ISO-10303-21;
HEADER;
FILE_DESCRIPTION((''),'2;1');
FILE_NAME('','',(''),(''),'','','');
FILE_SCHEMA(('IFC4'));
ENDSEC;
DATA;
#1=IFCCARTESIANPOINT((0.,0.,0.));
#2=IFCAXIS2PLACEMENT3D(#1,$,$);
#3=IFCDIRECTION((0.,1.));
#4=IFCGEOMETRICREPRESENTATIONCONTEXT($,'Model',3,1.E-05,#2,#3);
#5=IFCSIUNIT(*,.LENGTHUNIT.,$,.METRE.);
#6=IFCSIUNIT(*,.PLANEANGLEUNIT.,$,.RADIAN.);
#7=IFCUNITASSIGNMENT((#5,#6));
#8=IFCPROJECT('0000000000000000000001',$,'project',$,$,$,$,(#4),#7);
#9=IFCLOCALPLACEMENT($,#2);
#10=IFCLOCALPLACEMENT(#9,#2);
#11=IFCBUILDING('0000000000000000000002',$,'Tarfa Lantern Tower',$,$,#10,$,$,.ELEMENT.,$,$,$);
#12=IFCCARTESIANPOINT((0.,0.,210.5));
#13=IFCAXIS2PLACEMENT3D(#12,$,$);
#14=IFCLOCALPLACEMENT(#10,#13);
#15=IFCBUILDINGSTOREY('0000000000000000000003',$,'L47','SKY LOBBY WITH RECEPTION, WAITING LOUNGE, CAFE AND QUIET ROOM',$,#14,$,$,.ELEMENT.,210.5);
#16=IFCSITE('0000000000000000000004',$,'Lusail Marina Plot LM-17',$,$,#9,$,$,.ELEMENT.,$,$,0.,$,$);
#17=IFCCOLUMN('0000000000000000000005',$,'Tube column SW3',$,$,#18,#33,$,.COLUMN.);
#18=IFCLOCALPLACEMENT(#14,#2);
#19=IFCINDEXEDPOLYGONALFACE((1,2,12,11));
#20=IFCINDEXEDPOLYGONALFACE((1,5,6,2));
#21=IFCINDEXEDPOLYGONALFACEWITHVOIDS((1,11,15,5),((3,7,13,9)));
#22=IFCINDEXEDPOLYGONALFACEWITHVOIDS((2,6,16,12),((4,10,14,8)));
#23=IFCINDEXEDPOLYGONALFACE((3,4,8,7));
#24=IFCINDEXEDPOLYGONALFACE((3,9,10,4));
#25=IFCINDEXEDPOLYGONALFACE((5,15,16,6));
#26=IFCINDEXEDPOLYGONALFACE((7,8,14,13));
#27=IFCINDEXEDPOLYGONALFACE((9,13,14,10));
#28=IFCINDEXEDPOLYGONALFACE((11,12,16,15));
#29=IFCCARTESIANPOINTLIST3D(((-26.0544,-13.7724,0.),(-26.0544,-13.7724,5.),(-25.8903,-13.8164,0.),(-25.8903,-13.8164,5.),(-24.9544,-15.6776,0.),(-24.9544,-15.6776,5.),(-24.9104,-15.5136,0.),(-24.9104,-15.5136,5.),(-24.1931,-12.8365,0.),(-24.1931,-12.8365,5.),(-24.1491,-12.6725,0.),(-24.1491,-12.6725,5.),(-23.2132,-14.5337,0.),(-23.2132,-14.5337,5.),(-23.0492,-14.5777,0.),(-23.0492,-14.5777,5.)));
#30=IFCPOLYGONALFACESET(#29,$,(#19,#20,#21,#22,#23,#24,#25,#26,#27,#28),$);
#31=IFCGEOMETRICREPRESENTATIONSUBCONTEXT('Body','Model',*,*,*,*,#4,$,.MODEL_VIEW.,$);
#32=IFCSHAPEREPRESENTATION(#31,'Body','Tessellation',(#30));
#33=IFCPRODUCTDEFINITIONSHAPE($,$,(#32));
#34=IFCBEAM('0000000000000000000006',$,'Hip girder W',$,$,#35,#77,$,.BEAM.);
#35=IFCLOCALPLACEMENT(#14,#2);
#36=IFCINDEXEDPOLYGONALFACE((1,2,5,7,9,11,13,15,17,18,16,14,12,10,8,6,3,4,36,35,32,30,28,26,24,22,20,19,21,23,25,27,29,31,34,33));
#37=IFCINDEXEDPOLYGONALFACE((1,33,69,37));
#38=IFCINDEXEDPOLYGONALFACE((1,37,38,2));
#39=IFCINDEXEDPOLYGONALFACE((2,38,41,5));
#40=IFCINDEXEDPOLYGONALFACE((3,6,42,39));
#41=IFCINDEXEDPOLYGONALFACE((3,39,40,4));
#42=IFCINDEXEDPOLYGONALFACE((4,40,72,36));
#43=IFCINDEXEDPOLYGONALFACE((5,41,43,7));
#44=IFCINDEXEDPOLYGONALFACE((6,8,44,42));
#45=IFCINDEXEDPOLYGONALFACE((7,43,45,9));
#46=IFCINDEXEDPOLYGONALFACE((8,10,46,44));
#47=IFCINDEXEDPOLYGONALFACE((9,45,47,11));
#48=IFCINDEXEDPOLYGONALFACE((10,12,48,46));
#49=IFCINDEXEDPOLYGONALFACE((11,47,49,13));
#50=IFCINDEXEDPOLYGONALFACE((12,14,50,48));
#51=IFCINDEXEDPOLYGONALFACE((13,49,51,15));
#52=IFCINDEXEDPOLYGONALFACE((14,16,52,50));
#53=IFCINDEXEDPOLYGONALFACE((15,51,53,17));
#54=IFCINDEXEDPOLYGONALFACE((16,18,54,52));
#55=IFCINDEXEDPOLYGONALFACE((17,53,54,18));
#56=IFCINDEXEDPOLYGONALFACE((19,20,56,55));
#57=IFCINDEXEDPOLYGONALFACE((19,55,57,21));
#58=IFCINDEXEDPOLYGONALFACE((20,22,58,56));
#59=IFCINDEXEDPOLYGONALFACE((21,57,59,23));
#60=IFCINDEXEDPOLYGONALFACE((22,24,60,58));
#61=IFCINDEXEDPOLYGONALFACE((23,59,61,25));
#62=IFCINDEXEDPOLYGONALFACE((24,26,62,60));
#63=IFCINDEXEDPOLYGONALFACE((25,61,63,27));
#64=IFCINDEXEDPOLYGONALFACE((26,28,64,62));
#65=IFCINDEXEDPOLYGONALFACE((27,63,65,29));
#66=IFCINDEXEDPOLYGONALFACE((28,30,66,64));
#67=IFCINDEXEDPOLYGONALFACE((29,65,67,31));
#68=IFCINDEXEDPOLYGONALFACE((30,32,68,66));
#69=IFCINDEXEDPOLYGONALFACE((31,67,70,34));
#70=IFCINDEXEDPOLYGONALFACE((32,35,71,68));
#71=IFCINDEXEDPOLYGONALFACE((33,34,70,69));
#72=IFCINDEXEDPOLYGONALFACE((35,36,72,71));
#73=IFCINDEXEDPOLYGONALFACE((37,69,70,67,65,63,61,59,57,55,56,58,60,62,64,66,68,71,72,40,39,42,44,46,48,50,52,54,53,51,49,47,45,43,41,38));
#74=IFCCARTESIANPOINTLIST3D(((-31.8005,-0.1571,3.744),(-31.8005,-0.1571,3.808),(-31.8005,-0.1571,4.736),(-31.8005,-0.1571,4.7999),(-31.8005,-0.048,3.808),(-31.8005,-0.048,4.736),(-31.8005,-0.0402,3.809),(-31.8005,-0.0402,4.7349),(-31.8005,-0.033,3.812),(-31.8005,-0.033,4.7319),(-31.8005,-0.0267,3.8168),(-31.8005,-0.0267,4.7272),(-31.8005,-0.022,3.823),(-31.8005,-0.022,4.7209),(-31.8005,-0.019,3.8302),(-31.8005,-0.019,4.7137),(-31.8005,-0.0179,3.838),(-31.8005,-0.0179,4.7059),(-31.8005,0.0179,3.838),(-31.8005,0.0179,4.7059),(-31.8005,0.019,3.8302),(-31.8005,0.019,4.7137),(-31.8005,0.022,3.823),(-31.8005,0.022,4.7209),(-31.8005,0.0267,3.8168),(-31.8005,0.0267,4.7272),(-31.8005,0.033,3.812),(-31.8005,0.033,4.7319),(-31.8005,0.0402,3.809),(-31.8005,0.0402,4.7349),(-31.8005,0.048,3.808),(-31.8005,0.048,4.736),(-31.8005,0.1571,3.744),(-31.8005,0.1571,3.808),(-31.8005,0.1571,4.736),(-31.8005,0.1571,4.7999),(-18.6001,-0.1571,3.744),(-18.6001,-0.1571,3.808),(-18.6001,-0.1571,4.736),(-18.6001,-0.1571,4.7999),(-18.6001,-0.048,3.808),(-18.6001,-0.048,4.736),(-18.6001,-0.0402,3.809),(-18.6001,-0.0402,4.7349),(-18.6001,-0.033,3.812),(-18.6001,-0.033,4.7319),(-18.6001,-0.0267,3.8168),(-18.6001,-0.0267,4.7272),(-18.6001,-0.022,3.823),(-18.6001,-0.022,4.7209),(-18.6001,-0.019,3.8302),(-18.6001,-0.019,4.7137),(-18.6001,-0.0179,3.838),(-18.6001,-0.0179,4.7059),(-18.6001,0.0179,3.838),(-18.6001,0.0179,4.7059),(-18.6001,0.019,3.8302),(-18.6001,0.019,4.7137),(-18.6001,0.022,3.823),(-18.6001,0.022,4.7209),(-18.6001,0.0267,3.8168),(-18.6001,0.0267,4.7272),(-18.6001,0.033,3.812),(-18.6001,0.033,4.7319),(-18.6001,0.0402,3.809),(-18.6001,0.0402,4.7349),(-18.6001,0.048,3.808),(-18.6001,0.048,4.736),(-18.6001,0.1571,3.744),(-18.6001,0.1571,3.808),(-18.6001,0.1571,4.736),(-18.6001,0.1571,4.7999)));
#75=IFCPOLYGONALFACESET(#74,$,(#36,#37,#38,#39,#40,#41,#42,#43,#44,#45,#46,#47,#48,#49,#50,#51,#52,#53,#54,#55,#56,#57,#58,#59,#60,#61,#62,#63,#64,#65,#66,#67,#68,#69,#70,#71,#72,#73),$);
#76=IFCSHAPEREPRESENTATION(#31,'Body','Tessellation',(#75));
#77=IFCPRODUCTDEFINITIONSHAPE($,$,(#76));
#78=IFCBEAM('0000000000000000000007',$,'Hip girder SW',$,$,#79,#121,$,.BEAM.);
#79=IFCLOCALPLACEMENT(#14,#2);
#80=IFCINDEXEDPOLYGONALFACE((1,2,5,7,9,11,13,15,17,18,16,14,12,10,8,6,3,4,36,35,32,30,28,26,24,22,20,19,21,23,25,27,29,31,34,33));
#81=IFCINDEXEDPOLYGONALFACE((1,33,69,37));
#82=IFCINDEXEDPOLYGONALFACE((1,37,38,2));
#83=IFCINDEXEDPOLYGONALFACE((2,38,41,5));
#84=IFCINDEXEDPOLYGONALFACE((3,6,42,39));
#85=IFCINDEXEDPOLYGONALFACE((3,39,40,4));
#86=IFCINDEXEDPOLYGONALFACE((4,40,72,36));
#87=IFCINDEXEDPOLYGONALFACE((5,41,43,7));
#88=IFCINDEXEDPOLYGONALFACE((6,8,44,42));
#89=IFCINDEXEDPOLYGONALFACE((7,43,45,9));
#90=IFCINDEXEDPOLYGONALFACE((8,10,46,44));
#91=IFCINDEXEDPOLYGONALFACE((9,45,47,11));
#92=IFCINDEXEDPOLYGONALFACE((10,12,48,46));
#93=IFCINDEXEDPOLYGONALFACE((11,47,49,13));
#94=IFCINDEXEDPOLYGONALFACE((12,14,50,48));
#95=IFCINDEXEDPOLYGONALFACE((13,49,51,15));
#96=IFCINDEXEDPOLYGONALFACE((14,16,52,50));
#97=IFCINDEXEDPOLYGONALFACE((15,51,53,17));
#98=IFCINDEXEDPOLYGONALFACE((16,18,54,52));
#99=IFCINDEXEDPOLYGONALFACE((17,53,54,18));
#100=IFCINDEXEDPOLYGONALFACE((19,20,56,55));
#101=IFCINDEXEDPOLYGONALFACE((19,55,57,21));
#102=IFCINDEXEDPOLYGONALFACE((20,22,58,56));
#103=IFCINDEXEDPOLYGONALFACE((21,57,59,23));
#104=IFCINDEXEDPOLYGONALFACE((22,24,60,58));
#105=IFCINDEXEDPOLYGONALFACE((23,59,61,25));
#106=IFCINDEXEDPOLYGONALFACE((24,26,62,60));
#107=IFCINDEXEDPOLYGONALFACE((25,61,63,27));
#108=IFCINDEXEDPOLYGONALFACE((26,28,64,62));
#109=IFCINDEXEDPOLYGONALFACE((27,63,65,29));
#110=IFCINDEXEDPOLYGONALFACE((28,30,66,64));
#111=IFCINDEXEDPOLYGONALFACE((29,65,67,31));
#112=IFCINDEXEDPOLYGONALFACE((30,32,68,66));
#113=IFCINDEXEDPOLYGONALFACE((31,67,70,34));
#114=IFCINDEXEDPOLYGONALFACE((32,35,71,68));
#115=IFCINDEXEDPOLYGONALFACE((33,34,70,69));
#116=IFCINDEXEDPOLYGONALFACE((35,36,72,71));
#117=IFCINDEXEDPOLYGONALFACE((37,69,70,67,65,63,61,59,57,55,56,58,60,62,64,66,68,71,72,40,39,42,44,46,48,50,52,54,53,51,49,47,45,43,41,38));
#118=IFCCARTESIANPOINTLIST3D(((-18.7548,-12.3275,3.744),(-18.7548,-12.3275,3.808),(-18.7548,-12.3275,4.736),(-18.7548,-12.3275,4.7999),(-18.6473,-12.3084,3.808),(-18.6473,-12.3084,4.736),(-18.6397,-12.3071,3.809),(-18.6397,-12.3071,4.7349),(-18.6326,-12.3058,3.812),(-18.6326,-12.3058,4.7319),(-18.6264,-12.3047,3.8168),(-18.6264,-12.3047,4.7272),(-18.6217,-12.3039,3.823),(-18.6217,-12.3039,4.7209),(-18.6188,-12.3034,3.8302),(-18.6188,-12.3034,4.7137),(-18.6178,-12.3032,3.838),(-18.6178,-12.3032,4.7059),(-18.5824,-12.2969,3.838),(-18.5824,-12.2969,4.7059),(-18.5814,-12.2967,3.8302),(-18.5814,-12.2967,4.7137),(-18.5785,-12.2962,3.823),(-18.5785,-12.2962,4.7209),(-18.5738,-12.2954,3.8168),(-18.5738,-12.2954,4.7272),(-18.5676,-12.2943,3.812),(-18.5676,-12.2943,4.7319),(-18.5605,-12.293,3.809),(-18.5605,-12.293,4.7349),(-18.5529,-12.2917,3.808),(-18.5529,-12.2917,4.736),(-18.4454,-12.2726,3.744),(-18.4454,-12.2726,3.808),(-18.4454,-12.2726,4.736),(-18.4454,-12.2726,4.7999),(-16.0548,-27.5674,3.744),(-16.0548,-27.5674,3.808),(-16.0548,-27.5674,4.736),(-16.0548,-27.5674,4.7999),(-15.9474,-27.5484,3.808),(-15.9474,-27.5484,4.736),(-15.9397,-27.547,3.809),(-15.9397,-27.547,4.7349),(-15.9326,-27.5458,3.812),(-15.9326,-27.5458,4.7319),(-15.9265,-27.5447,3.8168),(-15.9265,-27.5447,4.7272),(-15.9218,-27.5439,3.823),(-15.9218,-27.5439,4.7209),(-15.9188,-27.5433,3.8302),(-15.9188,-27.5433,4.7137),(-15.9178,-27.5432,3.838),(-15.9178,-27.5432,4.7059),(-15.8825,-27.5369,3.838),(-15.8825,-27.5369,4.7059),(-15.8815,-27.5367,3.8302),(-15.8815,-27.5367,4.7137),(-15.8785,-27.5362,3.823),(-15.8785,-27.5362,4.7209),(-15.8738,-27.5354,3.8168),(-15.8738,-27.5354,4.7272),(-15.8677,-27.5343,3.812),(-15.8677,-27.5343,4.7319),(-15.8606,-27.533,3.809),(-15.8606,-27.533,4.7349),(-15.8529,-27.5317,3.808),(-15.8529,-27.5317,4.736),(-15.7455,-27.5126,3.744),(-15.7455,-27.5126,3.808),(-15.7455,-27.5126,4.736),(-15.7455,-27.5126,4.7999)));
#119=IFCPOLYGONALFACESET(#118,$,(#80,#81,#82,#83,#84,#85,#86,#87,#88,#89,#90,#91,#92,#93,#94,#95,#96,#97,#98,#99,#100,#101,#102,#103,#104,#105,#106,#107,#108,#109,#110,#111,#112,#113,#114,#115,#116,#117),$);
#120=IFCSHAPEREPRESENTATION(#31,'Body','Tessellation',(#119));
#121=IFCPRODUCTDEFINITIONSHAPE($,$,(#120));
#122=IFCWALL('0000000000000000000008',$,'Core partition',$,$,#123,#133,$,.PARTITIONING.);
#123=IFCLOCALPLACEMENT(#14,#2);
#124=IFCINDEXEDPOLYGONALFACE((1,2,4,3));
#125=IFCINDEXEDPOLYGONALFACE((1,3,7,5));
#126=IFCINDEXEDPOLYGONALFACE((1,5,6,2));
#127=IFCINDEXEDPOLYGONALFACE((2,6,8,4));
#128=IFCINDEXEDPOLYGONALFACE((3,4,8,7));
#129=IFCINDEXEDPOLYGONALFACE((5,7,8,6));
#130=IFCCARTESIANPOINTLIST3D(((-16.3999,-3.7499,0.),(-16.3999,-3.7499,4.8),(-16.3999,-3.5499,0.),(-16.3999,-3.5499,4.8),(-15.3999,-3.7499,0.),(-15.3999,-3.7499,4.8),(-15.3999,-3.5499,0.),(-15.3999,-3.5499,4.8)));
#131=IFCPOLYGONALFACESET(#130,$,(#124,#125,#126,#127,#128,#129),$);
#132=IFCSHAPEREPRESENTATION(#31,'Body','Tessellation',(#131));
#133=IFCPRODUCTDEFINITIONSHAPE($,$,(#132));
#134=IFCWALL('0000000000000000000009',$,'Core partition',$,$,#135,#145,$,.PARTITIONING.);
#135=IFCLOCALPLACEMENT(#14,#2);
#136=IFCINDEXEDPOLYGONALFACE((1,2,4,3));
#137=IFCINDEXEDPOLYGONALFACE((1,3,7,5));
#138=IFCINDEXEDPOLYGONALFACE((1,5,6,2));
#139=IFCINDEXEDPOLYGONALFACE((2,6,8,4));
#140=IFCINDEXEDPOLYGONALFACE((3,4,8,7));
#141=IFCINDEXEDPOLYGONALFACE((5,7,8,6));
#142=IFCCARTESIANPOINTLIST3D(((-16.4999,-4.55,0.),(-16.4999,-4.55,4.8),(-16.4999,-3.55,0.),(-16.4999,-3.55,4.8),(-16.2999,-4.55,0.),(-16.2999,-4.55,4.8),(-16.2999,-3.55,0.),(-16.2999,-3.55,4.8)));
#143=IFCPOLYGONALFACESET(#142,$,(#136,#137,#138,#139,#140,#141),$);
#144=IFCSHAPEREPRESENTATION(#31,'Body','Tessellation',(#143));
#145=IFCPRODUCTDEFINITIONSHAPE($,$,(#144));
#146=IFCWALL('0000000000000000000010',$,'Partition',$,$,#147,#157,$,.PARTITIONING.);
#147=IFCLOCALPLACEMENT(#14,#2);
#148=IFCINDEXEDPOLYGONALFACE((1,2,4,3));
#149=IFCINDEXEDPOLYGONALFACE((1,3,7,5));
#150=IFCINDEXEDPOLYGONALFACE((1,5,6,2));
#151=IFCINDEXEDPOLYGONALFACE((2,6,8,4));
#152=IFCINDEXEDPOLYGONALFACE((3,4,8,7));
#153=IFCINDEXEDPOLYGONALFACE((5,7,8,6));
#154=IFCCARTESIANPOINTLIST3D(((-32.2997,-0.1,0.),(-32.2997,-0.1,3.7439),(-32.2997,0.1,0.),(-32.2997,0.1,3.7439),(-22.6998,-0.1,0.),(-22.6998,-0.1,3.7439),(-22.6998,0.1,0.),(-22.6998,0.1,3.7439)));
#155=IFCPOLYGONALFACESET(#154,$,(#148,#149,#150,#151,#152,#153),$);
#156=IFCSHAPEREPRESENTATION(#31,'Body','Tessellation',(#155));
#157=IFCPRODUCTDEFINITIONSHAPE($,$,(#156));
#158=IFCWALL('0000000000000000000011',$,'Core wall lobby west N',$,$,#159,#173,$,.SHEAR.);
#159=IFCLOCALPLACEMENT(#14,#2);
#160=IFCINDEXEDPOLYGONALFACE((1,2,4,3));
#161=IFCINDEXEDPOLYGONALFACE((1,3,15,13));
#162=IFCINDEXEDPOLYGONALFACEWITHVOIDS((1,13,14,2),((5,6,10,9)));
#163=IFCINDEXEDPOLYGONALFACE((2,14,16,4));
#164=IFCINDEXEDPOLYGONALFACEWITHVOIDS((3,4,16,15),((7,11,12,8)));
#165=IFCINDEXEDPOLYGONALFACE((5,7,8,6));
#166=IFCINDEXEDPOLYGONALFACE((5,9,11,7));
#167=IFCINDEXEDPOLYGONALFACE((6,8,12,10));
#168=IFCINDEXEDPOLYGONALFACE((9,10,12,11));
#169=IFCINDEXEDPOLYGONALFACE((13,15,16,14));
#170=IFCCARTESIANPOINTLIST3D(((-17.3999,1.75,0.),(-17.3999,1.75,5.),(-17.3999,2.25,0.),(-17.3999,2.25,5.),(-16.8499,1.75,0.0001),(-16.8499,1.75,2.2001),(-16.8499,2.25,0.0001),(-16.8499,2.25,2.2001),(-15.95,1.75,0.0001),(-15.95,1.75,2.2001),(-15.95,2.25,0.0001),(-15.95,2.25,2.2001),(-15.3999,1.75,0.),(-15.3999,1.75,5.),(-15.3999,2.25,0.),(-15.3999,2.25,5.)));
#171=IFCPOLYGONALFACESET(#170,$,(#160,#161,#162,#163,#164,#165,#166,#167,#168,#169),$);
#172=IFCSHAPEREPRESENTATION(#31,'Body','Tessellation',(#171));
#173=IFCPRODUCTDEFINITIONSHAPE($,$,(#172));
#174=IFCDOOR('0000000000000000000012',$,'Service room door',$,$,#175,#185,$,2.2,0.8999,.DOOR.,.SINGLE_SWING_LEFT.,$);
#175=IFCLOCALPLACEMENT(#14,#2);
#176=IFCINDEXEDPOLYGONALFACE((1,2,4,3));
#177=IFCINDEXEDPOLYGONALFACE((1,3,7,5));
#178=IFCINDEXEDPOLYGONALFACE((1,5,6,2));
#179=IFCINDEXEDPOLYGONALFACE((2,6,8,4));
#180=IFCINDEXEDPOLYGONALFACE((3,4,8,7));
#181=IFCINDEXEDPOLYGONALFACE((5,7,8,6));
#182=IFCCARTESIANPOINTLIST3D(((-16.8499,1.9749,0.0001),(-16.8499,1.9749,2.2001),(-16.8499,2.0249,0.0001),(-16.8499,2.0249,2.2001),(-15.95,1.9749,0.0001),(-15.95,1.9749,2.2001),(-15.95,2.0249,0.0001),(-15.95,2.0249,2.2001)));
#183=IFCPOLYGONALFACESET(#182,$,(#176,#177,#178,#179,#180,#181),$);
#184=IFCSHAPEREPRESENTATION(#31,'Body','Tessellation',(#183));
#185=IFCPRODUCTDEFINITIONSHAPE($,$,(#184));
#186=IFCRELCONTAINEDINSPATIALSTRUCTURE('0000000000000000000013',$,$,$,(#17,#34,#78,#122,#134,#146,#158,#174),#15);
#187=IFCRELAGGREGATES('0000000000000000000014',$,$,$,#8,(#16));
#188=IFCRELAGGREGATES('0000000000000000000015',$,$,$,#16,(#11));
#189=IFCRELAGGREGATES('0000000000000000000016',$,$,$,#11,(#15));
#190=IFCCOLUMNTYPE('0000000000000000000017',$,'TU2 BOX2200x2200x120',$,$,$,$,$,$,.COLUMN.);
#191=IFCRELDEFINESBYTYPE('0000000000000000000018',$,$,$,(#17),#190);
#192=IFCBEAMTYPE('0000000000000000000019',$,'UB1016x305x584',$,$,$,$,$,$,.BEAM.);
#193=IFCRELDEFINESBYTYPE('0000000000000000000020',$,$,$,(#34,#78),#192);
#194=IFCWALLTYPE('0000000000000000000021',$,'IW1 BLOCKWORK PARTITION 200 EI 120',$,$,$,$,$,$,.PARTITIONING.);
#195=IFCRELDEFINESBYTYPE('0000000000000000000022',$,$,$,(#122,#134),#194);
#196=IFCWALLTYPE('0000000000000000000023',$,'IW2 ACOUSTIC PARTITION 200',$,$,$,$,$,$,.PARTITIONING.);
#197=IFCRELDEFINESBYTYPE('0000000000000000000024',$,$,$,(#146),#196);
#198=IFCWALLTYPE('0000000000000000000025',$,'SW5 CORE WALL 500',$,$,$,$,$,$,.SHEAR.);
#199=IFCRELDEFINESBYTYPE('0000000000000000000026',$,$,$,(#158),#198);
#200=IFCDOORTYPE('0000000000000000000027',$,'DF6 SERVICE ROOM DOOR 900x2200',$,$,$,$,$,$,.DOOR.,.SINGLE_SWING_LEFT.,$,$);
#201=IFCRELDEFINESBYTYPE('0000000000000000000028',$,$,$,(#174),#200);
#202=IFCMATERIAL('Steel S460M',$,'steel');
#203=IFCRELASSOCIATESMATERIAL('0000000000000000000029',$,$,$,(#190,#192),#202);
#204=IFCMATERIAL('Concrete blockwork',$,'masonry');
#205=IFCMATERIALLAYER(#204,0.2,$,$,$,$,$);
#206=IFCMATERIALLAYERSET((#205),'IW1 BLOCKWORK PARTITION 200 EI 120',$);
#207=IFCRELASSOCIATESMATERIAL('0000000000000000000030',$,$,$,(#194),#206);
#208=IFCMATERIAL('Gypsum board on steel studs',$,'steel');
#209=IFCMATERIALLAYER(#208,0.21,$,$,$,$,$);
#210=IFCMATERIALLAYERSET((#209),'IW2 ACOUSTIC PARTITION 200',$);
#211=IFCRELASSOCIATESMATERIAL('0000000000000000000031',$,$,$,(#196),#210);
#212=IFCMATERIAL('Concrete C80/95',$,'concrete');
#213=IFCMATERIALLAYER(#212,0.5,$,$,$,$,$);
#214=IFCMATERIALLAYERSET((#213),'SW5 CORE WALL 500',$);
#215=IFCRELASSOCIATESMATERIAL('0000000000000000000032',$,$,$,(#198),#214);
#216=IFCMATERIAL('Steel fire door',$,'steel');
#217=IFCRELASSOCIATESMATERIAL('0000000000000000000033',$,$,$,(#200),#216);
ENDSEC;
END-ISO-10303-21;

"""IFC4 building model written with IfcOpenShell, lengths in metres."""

from ifc_helpers import new_model, si_unit, direction, frame, frame_2d, origin, origin_2d, place, context, subcontext, project, spatial, rectangle, hollow_rectangle, i_section, extrude, material, layer, layer_set, material_profile, profile_set, type_object, element, fill, save


model = new_model("IFC4")

# Units and contexts
model_context = context("Model", 3, precision=1e-05, world=origin(), true_north=direction((0.0, 1.0)))
body_context = subcontext(model_context, "Body", "Model", "MODEL_VIEW")
ifc_project = project(units=[si_unit("LENGTHUNIT", "METRE"), si_unit("PLANEANGLEUNIT", "RADIAN")], contexts=[model_context])

# Site, building, storey
site_placement = place(None, origin())
site = spatial("IfcSite", under=ifc_project, at=site_placement, Name="Lusail Marina Plot LM-17", CompositionType="ELEMENT", RefElevation=0.0)
building_placement = place(site_placement, origin())
building = spatial("IfcBuilding", under=site, at=building_placement, Name="Tarfa Lantern Tower", CompositionType="ELEMENT")
storey_placement = place(building_placement, frame((0.0, 0.0, 210.5)))
storey = spatial("IfcBuildingStorey", under=building, at=storey_placement, Name="L47", Description="SKY LOBBY WITH RECEPTION, WAITING LOUNGE, CAFE AND QUIET ROOM", CompositionType="ELEMENT", Elevation=210.5)

# Column
ifc_material_1 = material(Name="Steel S460M", Category="steel")
ifc_material_profile_1 = material_profile(ifc_material_1, hollow_rectangle(XDim=2.2, YDim=2.2, WallThickness=0.1201, at=origin_2d()), Name="BOX2200x2200x120")
ifc_profile_set_1 = profile_set([ifc_material_profile_1], Name="Steel S460M")
column_type = type_object("IfcColumnType", Name="TU2 BOX2200x2200x120", PredefinedType="COLUMN", material=ifc_profile_set_1)
column_placement = place(storey_placement, frame((-24.5518, -14.175, 0.0), z_axis=(0.0, 0.0, 1.0), x_axis=(0.5, -0.866025, 0.0)))
element("IfcColumn", 1, at=column_placement, inside=storey, type_object=column_type, Name="Tube column SW3", PredefinedType="COLUMN", context=body_context, shape_type="SweptSolid", body=[
    extrude(hollow_rectangle(XDim=2.2, YDim=2.2, WallThickness=0.1201, at=origin_2d()), origin(), (0.0, 0.0, 1.0), 5.0),
])

# Beams
ifc_material_profile_2 = material_profile(ifc_material_1, i_section(OverallWidth=0.3142, OverallDepth=1.0559, WebThickness=0.0359, FlangeThickness=0.064, FilletRadius=0.03, at=origin_2d()), Name="UB1016x305x584")
ifc_profile_set_2 = profile_set([ifc_material_profile_2], Name="Steel S460M")
beam_type = type_object("IfcBeamType", Name="UB1016x305x584", PredefinedType="BEAM", material=ifc_profile_set_2)
beam_1_placement = place(storey_placement, frame((-18.6001, 0.0, 4.272), z_axis=(-1.0, 0.0, 0.0), x_axis=(0.0, -1.0, 0.0)))
element("IfcBeam", 2, at=beam_1_placement, inside=storey, type_object=beam_type, Name="Hip girder W", PredefinedType="BEAM", context=body_context, shape_type="SweptSolid", body=[
    extrude(i_section(OverallWidth=0.3142, OverallDepth=1.0559, WebThickness=0.0359, FlangeThickness=0.064, FilletRadius=0.03, at=origin_2d()), origin(), (0.0, 0.0, 1.0), 13.2004),
])
beam_2_placement = place(storey_placement, frame((-18.6001, -12.3, 4.272), z_axis=(0.174446, -0.984667, 0.0), x_axis=(0.984667, 0.174446, 0.0)))
element("IfcBeam", 3, at=beam_2_placement, inside=storey, type_object=beam_type, Name="Hip girder SW", PredefinedType="BEAM", context=body_context, shape_type="SweptSolid", body=[
    extrude(i_section(OverallWidth=0.3142, OverallDepth=1.0559, WebThickness=0.0359, FlangeThickness=0.064, FilletRadius=0.03, at=origin_2d()), origin(), (0.0, 0.0, 1.0), 15.4773),
])

# Walls
ifc_material_2 = material(Name="Concrete blockwork", Category="masonry")
ifc_layer_1 = layer(ifc_material_2, 0.2)
ifc_layer_set_1 = layer_set([ifc_layer_1], Name="IW1 BLOCKWORK PARTITION 200 EI 120")
wall_type_1 = type_object("IfcWallType", Name="IW1 BLOCKWORK PARTITION 200 EI 120", PredefinedType="PARTITIONING", material=ifc_layer_set_1)
for number, where, z_axis, x_axis, name in (
    (4, (-15.3999, -3.6499, 0.0), (0.0, 0.0, 1.0), (-1.0, 0.0, 0.0), "Core partition"),
    (5, (-16.3999, -3.55, 0.0), (0.0, 0.0, 1.0), (0.0, -1.0, 0.0), "Core partition"),
):
    element("IfcWall", number, at=place(storey_placement, frame(where, z_axis=z_axis, x_axis=x_axis)), inside=storey, type_object=wall_type_1, Name=name, PredefinedType="PARTITIONING", context=body_context, shape_type="SweptSolid", body=[
        extrude(rectangle(XDim=1.0, YDim=0.2, at=frame_2d((0.5, 0.0))), origin(), (0.0, 0.0, 1.0), 4.8),
    ])
ifc_material_3 = material(Name="Gypsum board on steel studs", Category="steel")
ifc_layer_2 = layer(ifc_material_3, 0.21)
ifc_layer_set_2 = layer_set([ifc_layer_2], Name="IW2 ACOUSTIC PARTITION 200")
wall_type_2 = type_object("IfcWallType", Name="IW2 ACOUSTIC PARTITION 200", PredefinedType="PARTITIONING", material=ifc_layer_set_2)
wall_1_placement = place(storey_placement, frame((-22.7, 0.0, 0.0), z_axis=(0.0, 0.0, 1.0), x_axis=(-1.0, 0.0, 0.0)))
element("IfcWall", 6, at=wall_1_placement, inside=storey, type_object=wall_type_2, Name="Partition", PredefinedType="PARTITIONING", context=body_context, shape_type="SweptSolid", body=[
    extrude(rectangle(XDim=9.5999, YDim=0.2, at=frame_2d((4.7998, 0.0))), origin(), (0.0, 0.0, 1.0), 3.7439),
])

# Wall, opening, door
ifc_material_4 = material(Name="Concrete C80/95", Category="concrete")
ifc_material_5 = material(Name="Steel fire door", Category="steel")
ifc_layer_3 = layer(ifc_material_4, 0.5)
ifc_layer_set_3 = layer_set([ifc_layer_3], Name="SW5 CORE WALL 500")
wall_type_3 = type_object("IfcWallType", Name="SW5 CORE WALL 500", PredefinedType="SHEAR", material=ifc_layer_set_3)
wall_2_placement = place(storey_placement, frame((-17.3999, 2.0, 0.0), z_axis=(0.0, 0.0, 1.0), x_axis=(1.0, 0.0, 0.0)))
wall_2 = element("IfcWall", 7, at=wall_2_placement, inside=storey, type_object=wall_type_3, Name="Core wall lobby west N", PredefinedType="SHEAR", context=body_context, shape_type="SweptSolid", body=[
    extrude(rectangle(XDim=2.0, YDim=0.5, at=frame_2d((1.0, 0.0))), origin(), (0.0, 0.0, 1.0), 5.0),
])
opening_1_placement = place(wall_2_placement, frame((0.55, 0.0, 0.0)))
opening_1 = element("IfcOpeningElement", 8, at=opening_1_placement, cuts=wall_2, PredefinedType="OPENING", context=body_context, shape_type="SweptSolid", body=[
    extrude(rectangle(XDim=0.8999, YDim=2.2, at=frame_2d((0.45, 1.1001))), frame((0.0, 0.26, 0.0), z_axis=(0.0, -1.0, 0.0), x_axis=(1.0, 0.0, 0.0)), (0.0, 0.0, 1.0), 0.52),
])
door_type_1 = type_object("IfcDoorType", Name="DF6 SERVICE ROOM DOOR 900x2200", OperationType="SINGLE_SWING_LEFT", PredefinedType="DOOR", material=ifc_material_5)
door_1_placement = place(opening_1_placement, origin())
door_1 = element("IfcDoor", 9, at=door_1_placement, inside=storey, type_object=door_type_1, Name="Service room door", OperationType="SINGLE_SWING_LEFT", OverallHeight=2.2, OverallWidth=0.8999, PredefinedType="DOOR", context=body_context, shape_type="SweptSolid", body=[
    extrude(rectangle(XDim=0.8999, YDim=2.2, at=frame_2d((0.45, 1.1001))), frame((0.0, 0.0249, 0.0), z_axis=(0.0, -1.0, 0.0), x_axis=(1.0, 0.0, 0.0)), (0.0, 0.0, 1.0), 0.05),
])
fill(opening_1, door_1)

save(model, "model.ifc")
